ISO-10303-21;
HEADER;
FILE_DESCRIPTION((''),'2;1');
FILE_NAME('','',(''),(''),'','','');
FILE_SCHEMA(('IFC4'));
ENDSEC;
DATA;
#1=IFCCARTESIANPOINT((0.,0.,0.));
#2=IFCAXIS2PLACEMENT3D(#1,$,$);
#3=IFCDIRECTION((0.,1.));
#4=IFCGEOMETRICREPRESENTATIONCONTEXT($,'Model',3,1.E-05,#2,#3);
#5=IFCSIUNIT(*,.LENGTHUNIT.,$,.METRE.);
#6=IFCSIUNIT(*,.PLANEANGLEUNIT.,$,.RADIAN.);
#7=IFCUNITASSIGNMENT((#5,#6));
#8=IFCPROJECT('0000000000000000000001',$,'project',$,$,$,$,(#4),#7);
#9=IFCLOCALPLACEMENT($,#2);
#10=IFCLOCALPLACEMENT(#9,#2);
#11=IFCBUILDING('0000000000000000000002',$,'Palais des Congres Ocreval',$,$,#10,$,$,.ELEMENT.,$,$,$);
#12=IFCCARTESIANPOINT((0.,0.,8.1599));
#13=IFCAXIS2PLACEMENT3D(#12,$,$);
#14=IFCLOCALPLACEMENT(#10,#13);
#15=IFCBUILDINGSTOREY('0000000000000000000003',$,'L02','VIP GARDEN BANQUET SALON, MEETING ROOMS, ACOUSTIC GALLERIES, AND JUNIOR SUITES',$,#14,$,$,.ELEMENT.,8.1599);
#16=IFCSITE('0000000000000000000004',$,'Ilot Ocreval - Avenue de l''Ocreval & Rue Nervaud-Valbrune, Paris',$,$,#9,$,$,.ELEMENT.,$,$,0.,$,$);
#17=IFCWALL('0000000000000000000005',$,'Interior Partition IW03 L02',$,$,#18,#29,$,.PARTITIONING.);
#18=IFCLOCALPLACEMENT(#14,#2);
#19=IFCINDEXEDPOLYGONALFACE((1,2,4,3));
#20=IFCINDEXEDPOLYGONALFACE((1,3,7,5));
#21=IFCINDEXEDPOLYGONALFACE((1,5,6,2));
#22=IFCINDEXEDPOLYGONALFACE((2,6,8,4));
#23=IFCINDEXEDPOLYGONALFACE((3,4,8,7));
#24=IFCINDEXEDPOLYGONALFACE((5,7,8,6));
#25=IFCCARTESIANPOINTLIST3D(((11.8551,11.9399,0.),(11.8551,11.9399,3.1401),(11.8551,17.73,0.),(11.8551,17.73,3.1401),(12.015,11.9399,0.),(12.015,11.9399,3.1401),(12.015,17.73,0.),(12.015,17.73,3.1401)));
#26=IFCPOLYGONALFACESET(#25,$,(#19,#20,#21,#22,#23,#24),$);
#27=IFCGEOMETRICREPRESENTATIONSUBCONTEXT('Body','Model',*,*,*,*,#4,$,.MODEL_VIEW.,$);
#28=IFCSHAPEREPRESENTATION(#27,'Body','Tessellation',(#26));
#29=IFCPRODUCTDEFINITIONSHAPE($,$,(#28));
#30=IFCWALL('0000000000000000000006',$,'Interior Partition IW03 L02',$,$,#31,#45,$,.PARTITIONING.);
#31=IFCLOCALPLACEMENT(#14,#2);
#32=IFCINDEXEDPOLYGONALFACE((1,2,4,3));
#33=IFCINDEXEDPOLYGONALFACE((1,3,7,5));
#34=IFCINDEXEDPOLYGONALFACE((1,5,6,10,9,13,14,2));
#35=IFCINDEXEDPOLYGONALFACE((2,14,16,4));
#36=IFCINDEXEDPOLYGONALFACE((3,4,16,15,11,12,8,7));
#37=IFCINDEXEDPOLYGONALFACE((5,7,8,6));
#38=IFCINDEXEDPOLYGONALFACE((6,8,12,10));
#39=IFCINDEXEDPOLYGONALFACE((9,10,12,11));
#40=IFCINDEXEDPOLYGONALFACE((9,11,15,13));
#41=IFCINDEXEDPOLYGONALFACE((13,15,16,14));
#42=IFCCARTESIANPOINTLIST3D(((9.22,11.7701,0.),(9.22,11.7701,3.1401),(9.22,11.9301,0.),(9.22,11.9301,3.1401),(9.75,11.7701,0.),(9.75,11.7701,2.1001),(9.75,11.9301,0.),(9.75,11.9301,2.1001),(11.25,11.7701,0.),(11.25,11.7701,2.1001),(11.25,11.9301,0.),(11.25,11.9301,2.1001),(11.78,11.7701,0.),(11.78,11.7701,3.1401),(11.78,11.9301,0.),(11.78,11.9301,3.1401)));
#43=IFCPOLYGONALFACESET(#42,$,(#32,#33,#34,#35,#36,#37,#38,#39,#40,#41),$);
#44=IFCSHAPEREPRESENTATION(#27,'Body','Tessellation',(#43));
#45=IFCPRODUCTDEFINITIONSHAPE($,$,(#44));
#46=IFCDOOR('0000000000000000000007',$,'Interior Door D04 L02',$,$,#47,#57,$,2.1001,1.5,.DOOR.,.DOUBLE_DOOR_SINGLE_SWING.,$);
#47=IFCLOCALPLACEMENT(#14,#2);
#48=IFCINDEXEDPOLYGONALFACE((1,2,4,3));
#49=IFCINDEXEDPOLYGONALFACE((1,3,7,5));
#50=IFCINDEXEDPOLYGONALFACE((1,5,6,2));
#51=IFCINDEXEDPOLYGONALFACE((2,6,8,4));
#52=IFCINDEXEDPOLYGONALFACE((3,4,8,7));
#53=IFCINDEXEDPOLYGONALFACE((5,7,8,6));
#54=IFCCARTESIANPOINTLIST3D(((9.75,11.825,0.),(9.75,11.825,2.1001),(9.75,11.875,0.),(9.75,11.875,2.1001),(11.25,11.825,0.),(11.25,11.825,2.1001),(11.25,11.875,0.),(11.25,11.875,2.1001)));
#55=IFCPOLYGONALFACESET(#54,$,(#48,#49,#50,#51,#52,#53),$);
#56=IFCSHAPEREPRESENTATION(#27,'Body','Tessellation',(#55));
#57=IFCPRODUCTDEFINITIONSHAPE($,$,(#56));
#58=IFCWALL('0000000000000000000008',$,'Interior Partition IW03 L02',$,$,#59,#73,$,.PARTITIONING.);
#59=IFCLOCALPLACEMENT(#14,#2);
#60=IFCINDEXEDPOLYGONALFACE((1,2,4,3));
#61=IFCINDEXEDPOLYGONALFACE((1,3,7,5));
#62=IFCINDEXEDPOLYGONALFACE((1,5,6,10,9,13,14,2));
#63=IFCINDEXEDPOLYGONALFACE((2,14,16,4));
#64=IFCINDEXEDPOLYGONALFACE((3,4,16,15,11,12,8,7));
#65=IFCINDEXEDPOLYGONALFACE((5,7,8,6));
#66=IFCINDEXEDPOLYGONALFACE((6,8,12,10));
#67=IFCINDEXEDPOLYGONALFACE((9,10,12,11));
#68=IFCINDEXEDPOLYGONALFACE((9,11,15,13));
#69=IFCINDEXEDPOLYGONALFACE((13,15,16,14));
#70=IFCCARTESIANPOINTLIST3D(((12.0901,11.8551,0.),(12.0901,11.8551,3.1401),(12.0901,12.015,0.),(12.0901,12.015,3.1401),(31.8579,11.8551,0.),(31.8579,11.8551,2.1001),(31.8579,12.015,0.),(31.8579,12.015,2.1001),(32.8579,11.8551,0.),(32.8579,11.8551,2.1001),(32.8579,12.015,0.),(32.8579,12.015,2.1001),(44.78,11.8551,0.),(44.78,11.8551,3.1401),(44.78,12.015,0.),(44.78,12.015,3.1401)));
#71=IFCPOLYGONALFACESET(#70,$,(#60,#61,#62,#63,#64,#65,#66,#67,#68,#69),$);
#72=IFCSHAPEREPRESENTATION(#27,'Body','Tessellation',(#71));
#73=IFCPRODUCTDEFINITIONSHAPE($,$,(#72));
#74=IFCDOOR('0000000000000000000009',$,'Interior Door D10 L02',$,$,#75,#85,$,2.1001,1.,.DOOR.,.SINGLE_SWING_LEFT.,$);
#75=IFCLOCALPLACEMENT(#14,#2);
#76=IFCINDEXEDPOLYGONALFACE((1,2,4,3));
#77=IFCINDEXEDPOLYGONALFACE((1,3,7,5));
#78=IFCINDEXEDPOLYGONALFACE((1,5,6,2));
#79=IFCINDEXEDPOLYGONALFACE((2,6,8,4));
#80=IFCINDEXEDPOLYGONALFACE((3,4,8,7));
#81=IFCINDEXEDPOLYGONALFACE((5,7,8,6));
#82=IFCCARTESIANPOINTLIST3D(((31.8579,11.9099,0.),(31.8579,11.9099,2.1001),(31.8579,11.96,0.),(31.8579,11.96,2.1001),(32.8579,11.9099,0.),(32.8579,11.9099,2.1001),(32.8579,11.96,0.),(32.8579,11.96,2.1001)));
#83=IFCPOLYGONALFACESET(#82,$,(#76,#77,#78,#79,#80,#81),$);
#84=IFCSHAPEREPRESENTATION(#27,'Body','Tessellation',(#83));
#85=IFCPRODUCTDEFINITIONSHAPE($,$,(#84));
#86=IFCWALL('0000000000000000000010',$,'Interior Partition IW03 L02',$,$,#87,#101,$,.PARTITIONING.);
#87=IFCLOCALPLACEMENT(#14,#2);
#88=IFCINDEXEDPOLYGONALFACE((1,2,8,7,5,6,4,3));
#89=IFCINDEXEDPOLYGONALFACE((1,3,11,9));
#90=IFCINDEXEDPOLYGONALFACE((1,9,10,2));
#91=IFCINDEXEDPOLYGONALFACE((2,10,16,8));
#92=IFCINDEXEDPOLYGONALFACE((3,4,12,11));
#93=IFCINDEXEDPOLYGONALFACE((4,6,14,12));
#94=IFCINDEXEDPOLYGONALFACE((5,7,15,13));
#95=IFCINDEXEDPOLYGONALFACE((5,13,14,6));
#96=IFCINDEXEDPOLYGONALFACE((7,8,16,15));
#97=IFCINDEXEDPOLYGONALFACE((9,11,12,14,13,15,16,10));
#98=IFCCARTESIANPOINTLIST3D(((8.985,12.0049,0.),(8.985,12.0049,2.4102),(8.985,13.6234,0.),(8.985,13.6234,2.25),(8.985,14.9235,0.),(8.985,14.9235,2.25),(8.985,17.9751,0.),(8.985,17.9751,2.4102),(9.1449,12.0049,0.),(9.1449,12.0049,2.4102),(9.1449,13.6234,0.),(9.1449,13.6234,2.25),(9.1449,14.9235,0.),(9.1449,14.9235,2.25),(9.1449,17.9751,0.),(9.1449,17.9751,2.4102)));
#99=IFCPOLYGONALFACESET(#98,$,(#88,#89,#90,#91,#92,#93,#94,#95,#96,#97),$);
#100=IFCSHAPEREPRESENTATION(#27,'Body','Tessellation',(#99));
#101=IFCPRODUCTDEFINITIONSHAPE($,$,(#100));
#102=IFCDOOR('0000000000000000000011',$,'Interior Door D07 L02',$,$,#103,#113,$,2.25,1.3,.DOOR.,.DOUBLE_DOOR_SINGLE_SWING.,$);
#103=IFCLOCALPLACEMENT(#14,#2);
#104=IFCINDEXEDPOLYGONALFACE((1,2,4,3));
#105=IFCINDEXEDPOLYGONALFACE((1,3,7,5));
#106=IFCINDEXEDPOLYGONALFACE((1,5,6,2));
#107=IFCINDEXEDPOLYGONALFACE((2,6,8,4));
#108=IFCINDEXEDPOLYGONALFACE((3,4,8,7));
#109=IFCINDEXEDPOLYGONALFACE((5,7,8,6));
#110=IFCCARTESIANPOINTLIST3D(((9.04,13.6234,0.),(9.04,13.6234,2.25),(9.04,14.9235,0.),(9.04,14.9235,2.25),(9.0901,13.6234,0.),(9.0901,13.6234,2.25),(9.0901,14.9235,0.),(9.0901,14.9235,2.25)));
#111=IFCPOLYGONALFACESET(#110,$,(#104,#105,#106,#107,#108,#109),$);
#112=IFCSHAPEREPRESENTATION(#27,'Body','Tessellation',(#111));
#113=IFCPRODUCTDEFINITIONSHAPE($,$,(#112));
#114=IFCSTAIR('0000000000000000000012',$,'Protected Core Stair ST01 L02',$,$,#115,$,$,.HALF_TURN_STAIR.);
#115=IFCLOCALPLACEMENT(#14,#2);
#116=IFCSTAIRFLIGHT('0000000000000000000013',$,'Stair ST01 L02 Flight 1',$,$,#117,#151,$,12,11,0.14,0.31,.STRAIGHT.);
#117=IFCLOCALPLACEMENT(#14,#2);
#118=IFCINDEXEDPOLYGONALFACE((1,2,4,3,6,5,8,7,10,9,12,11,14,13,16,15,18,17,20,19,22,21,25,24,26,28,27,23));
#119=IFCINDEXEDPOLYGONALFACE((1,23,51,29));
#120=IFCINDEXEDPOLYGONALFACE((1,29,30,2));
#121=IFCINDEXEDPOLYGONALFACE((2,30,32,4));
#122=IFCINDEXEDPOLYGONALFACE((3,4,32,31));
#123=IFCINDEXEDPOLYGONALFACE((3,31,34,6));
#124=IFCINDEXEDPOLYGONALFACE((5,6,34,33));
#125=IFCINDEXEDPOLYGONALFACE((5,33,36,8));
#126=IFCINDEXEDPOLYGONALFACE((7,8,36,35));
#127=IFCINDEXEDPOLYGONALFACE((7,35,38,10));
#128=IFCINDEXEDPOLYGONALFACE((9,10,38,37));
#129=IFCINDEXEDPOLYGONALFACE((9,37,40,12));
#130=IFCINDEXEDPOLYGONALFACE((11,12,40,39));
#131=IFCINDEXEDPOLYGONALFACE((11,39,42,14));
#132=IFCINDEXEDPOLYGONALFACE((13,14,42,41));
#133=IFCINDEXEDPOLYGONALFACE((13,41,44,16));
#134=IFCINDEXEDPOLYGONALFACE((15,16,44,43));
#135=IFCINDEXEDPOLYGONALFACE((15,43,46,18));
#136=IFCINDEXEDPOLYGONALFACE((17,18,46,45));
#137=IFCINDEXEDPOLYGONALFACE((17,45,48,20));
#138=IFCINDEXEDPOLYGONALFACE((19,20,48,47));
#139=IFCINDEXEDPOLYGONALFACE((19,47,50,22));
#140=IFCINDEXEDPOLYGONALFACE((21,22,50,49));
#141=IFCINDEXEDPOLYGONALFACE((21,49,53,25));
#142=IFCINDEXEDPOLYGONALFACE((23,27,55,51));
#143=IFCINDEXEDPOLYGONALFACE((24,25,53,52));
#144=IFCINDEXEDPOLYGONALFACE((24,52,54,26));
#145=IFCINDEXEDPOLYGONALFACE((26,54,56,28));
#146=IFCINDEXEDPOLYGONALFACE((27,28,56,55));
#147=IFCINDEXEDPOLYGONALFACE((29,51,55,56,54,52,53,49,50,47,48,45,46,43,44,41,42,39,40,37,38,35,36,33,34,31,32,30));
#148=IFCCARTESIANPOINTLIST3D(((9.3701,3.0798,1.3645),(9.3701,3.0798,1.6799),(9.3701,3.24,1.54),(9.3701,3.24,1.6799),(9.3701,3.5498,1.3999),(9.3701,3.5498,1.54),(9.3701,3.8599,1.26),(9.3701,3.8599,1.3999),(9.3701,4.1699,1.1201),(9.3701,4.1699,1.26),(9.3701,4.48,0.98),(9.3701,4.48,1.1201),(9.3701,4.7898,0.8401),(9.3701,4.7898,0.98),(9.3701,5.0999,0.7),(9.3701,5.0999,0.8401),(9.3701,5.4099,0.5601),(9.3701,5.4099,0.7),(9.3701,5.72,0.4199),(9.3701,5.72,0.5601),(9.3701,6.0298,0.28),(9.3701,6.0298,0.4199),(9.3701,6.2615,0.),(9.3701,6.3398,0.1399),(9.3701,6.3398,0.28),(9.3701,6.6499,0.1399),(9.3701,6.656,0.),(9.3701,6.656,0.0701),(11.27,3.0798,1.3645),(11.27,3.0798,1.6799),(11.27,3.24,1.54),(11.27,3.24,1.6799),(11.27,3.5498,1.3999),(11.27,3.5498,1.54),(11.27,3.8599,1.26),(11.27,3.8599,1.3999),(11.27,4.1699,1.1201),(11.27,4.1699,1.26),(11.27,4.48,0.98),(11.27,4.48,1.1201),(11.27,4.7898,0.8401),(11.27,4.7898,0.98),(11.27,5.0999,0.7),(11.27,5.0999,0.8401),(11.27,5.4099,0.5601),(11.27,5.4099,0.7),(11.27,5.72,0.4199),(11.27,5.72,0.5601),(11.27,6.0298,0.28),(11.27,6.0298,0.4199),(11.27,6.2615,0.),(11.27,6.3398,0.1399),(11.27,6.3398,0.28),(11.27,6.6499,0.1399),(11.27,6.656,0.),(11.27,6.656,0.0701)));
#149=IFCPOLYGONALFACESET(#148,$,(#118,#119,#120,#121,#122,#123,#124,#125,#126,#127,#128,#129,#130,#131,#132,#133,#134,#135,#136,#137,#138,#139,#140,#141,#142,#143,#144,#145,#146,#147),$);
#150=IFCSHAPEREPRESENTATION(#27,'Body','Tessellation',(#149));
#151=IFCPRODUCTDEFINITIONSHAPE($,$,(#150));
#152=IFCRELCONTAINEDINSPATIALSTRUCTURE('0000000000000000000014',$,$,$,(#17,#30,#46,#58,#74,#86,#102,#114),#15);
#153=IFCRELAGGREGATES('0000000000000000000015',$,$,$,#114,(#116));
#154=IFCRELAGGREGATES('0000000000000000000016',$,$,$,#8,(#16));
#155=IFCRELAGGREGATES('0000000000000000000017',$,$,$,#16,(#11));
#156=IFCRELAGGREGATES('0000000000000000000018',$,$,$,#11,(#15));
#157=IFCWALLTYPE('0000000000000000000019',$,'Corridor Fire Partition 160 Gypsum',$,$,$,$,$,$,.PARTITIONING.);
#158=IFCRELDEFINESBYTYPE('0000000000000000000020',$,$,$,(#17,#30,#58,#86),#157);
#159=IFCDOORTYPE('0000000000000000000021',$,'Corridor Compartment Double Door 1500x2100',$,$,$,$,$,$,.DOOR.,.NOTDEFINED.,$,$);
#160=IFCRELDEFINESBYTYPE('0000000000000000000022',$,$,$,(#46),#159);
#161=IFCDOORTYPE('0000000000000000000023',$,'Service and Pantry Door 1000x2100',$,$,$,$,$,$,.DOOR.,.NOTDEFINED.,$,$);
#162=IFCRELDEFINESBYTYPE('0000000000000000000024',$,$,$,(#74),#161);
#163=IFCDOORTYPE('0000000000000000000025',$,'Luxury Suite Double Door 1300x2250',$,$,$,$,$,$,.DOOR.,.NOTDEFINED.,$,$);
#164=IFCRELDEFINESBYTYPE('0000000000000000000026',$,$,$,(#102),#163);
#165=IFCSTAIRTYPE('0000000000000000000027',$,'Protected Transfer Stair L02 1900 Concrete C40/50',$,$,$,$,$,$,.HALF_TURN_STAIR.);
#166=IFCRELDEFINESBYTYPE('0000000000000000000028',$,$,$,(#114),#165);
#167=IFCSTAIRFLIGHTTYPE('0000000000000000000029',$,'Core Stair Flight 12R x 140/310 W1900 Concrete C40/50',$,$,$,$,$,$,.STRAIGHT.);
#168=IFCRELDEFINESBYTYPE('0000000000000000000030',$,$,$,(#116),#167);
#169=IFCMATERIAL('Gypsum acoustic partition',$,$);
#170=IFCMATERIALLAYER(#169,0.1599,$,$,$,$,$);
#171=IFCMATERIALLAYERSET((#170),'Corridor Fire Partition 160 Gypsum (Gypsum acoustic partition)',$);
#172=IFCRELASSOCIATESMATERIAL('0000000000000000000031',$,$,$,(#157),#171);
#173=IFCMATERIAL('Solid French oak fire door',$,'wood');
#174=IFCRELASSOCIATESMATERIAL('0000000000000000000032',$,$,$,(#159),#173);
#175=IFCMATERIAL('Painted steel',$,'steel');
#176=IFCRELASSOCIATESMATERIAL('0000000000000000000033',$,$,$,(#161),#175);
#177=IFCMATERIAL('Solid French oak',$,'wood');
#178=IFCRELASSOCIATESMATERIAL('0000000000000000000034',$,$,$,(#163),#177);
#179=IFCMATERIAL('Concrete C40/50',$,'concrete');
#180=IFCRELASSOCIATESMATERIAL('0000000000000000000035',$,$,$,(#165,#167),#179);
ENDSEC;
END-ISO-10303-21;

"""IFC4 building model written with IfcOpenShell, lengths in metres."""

from ifc_helpers import new_model, si_unit, direction, frame, frame_2d, origin, place, context, subcontext, project, spatial, polyline, rectangle, outline, extrude, material, layer, layer_set, type_object, element, fill, aggregate, save


model = new_model("IFC4")

# Units and contexts
model_context = context("Model", 3, precision=1e-05, world=origin(), true_north=direction((0.0, 1.0)))
body_context = subcontext(model_context, "Body", "Model", "MODEL_VIEW")
ifc_project = project(units=[si_unit("LENGTHUNIT", "METRE"), si_unit("PLANEANGLEUNIT", "RADIAN")], contexts=[model_context])

# Site, building, storey
site_placement = place(None, origin())
site = spatial("IfcSite", under=ifc_project, at=site_placement, Name="Ilot Ocreval - Avenue de l'Ocreval & Rue Nervaud-Valbrune, Paris", CompositionType="ELEMENT", RefElevation=0.0)
building_placement = place(site_placement, origin())
building = spatial("IfcBuilding", under=site, at=building_placement, Name="Palais des Congres Ocreval", CompositionType="ELEMENT")
storey_placement = place(building_placement, frame((0.0, 0.0, 8.1599)))
storey = spatial("IfcBuildingStorey", under=building, at=storey_placement, Name="L02", Description="VIP GARDEN BANQUET SALON, MEETING ROOMS, ACOUSTIC GALLERIES, AND JUNIOR SUITES", CompositionType="ELEMENT", Elevation=8.1599)

# Shared definitions
ifc_material_1 = material(Name="Concrete C40/50", Category="concrete")

# Wall
ifc_material_2 = material(Name="Gypsum acoustic partition")
ifc_layer_1 = layer(ifc_material_2, 0.1599)
ifc_layer_set_1 = layer_set([ifc_layer_1], Name="Corridor Fire Partition 160 Gypsum (Gypsum acoustic partition)")
wall_type_1 = type_object("IfcWallType", Name="Corridor Fire Partition 160 Gypsum", PredefinedType="PARTITIONING", material=ifc_layer_set_1)
wall_1_placement = place(storey_placement, frame((11.9351, 11.9399, 0.0), z_axis=(0.0, 0.0, 1.0), x_axis=(0.0, 1.0, 0.0)))
element("IfcWall", 1, at=wall_1_placement, inside=storey, type_object=wall_type_1, Name="Interior Partition IW03 L02", PredefinedType="PARTITIONING", context=body_context, shape_type="SweptSolid", body=[
    extrude(rectangle(XDim=5.79, YDim=0.1599, at=frame_2d((2.895, 0.0))), origin(), (0.0, 0.0, 1.0), 3.1401),
])

# Walls, openings, doors
wall_2_placement = place(storey_placement, frame((9.22, 11.8501, 0.0), z_axis=(0.0, 0.0, 1.0), x_axis=(1.0, 0.0, 0.0)))
wall_2 = element("IfcWall", 2, at=wall_2_placement, inside=storey, type_object=wall_type_1, Name="Interior Partition IW03 L02", PredefinedType="PARTITIONING", context=body_context, shape_type="SweptSolid", body=[
    extrude(rectangle(XDim=2.5601, YDim=0.1599, at=frame_2d((1.28, 0.0))), origin(), (0.0, 0.0, 1.0), 3.1401),
])
opening_1_placement = place(wall_2_placement, frame((0.53, 0.0, 0.0)))
opening_1 = element("IfcOpeningElement", 3, at=opening_1_placement, cuts=wall_2, PredefinedType="OPENING", context=body_context, shape_type="SweptSolid", body=[
    extrude(rectangle(XDim=1.5, YDim=2.1001, at=frame_2d((0.75, 1.05))), frame((0.0, 0.0898, 0.0), z_axis=(0.0, -1.0, 0.0), x_axis=(1.0, 0.0, 0.0)), (0.0, 0.0, 1.0), 0.1799),
])
ifc_material_3 = material(Name="Solid French oak fire door", Category="wood")
door_type_1 = type_object("IfcDoorType", Name="Corridor Compartment Double Door 1500x2100", OperationType="NOTDEFINED", PredefinedType="DOOR", material=ifc_material_3)
door_1_placement = place(opening_1_placement, origin())
door_1 = element("IfcDoor", 4, at=door_1_placement, inside=storey, type_object=door_type_1, Name="Interior Door D04 L02", OperationType="DOUBLE_DOOR_SINGLE_SWING", OverallHeight=2.1001, OverallWidth=1.5, PredefinedType="DOOR", context=body_context, shape_type="SweptSolid", body=[
    extrude(rectangle(XDim=1.5, YDim=2.1001, at=frame_2d((0.75, 1.05))), frame((0.0, 0.0249, 0.0), z_axis=(0.0, -1.0, 0.0), x_axis=(1.0, 0.0, 0.0)), (0.0, 0.0, 1.0), 0.05),
])
fill(opening_1, door_1)
wall_3_placement = place(storey_placement, frame((12.0901, 11.9351, 0.0), z_axis=(0.0, 0.0, 1.0), x_axis=(1.0, 0.0, 0.0)))
wall_3 = element("IfcWall", 5, at=wall_3_placement, inside=storey, type_object=wall_type_1, Name="Interior Partition IW03 L02", PredefinedType="PARTITIONING", context=body_context, shape_type="SweptSolid", body=[
    extrude(rectangle(XDim=32.6899, YDim=0.1599, at=frame_2d((16.345, 0.0))), origin(), (0.0, 0.0, 1.0), 3.1401),
])
opening_2_placement = place(wall_3_placement, frame((19.7678, 0.0, 0.0)))
opening_2 = element("IfcOpeningElement", 6, at=opening_2_placement, cuts=wall_3, PredefinedType="OPENING", context=body_context, shape_type="SweptSolid", body=[
    extrude(rectangle(XDim=1.0, YDim=2.1001, at=frame_2d((0.5, 1.05))), frame((0.0, 0.0898, 0.0), z_axis=(0.0, -1.0, 0.0), x_axis=(1.0, 0.0, 0.0)), (0.0, 0.0, 1.0), 0.1799),
])
ifc_material_4 = material(Name="Painted steel", Category="steel")
door_type_2 = type_object("IfcDoorType", Name="Service and Pantry Door 1000x2100", OperationType="NOTDEFINED", PredefinedType="DOOR", material=ifc_material_4)
door_2_placement = place(opening_2_placement, origin())
door_2 = element("IfcDoor", 7, at=door_2_placement, inside=storey, type_object=door_type_2, Name="Interior Door D10 L02", OperationType="SINGLE_SWING_LEFT", OverallHeight=2.1001, OverallWidth=1.0, PredefinedType="DOOR", context=body_context, shape_type="SweptSolid", body=[
    extrude(rectangle(XDim=1.0, YDim=2.1001, at=frame_2d((0.5, 1.05))), frame((0.0, 0.0249, 0.0), z_axis=(0.0, -1.0, 0.0), x_axis=(1.0, 0.0, 0.0)), (0.0, 0.0, 1.0), 0.05),
])
fill(opening_2, door_2)
wall_4_placement = place(storey_placement, frame((9.0649, 12.0049, 0.0), z_axis=(0.0, 0.0, 1.0), x_axis=(0.0, 1.0, 0.0)))
wall_4 = element("IfcWall", 8, at=wall_4_placement, inside=storey, type_object=wall_type_1, Name="Interior Partition IW03 L02", PredefinedType="PARTITIONING", context=body_context, shape_type="SweptSolid", body=[
    extrude(rectangle(XDim=5.9702, YDim=0.1599, at=frame_2d((2.9851, 0.0))), origin(), (0.0, 0.0, 1.0), 2.4102),
])
opening_3_placement = place(wall_4_placement, frame((1.6187, 0.0, 0.0)))
opening_3 = element("IfcOpeningElement", 9, at=opening_3_placement, cuts=wall_4, PredefinedType="OPENING", context=body_context, shape_type="SweptSolid", body=[
    extrude(rectangle(XDim=1.3, YDim=2.25, at=frame_2d((0.6499, 1.125))), frame((0.0, 0.0898, 0.0), z_axis=(0.0, -1.0, 0.0), x_axis=(1.0, 0.0, 0.0)), (0.0, 0.0, 1.0), 0.1799),
])
ifc_material_5 = material(Name="Solid French oak", Category="wood")
door_type_3 = type_object("IfcDoorType", Name="Luxury Suite Double Door 1300x2250", OperationType="NOTDEFINED", PredefinedType="DOOR", material=ifc_material_5)
door_3_placement = place(opening_3_placement, origin())
door_3 = element("IfcDoor", 10, at=door_3_placement, inside=storey, type_object=door_type_3, Name="Interior Door D07 L02", OperationType="DOUBLE_DOOR_SINGLE_SWING", OverallHeight=2.25, OverallWidth=1.3, PredefinedType="DOOR", context=body_context, shape_type="SweptSolid", body=[
    extrude(rectangle(XDim=1.3, YDim=2.25, at=frame_2d((0.6499, 1.125))), frame((0.0, 0.0249, 0.0), z_axis=(0.0, -1.0, 0.0), x_axis=(1.0, 0.0, 0.0)), (0.0, 0.0, 1.0), 0.05),
])
fill(opening_3, door_3)

# Stair, stair flight
stair_type = type_object("IfcStairType", Name="Protected Transfer Stair L02 1900 Concrete C40/50", PredefinedType="HALF_TURN_STAIR", material=ifc_material_1)
stair_placement = place(storey_placement, origin())
stair = element("IfcStair", 11, at=stair_placement, inside=storey, type_object=stair_type, Name="Protected Core Stair ST01 L02", PredefinedType="HALF_TURN_STAIR")
stair_flight_type = type_object("IfcStairFlightType", Name="Core Stair Flight 12R x 140/310 W1900 Concrete C40/50", PredefinedType="STRAIGHT", material=ifc_material_1)
stair_flight_placement = place(storey_placement, frame((10.3201, 6.6499, 0.0), z_axis=(0.0, 0.0, 1.0), x_axis=(0.0, -1.0, 0.0)))
stair_flight = element("IfcStairFlight", 12, at=stair_flight_placement, type_object=stair_flight_type, Name="Stair ST01 L02 Flight 1", NumberOfRisers=12, NumberOfTreads=11, PredefinedType="STRAIGHT", RiserHeight=0.14, TreadLength=0.31, context=body_context, shape_type="SweptSolid", body=[
    extrude(outline(polyline([(-0.0061, 0.0), (-0.0061, 0.0701), (0.0, 0.1399), (0.3101, 0.1399), (0.3101, 0.28), (0.6201, 0.28), (0.6201, 0.4199), (0.9299, 0.4199), (0.9299, 0.5601), (1.24, 0.5601), (1.24, 0.7), (1.55, 0.7), (1.55, 0.8401), (1.8601, 0.8401), (1.8601, 0.98), (2.1699, 0.98), (2.1699, 1.1201), (2.48, 1.1201), (2.48, 1.26), (2.79, 1.26), (2.79, 1.3999), (3.1001, 1.3999), (3.1001, 1.54), (3.4099, 1.54), (3.4099, 1.6799), (3.5701, 1.6799), (3.5701, 1.3645), (0.3884, 0.0), (-0.0061, 0.0)])), frame((0.0, 0.95, 0.0), z_axis=(0.0, -1.0, 0.0), x_axis=(1.0, 0.0, 0.0)), (0.0, 0.0, 1.0), 1.8999),
])
aggregate(stair, [stair_flight])

save(model, "model.ifc")
